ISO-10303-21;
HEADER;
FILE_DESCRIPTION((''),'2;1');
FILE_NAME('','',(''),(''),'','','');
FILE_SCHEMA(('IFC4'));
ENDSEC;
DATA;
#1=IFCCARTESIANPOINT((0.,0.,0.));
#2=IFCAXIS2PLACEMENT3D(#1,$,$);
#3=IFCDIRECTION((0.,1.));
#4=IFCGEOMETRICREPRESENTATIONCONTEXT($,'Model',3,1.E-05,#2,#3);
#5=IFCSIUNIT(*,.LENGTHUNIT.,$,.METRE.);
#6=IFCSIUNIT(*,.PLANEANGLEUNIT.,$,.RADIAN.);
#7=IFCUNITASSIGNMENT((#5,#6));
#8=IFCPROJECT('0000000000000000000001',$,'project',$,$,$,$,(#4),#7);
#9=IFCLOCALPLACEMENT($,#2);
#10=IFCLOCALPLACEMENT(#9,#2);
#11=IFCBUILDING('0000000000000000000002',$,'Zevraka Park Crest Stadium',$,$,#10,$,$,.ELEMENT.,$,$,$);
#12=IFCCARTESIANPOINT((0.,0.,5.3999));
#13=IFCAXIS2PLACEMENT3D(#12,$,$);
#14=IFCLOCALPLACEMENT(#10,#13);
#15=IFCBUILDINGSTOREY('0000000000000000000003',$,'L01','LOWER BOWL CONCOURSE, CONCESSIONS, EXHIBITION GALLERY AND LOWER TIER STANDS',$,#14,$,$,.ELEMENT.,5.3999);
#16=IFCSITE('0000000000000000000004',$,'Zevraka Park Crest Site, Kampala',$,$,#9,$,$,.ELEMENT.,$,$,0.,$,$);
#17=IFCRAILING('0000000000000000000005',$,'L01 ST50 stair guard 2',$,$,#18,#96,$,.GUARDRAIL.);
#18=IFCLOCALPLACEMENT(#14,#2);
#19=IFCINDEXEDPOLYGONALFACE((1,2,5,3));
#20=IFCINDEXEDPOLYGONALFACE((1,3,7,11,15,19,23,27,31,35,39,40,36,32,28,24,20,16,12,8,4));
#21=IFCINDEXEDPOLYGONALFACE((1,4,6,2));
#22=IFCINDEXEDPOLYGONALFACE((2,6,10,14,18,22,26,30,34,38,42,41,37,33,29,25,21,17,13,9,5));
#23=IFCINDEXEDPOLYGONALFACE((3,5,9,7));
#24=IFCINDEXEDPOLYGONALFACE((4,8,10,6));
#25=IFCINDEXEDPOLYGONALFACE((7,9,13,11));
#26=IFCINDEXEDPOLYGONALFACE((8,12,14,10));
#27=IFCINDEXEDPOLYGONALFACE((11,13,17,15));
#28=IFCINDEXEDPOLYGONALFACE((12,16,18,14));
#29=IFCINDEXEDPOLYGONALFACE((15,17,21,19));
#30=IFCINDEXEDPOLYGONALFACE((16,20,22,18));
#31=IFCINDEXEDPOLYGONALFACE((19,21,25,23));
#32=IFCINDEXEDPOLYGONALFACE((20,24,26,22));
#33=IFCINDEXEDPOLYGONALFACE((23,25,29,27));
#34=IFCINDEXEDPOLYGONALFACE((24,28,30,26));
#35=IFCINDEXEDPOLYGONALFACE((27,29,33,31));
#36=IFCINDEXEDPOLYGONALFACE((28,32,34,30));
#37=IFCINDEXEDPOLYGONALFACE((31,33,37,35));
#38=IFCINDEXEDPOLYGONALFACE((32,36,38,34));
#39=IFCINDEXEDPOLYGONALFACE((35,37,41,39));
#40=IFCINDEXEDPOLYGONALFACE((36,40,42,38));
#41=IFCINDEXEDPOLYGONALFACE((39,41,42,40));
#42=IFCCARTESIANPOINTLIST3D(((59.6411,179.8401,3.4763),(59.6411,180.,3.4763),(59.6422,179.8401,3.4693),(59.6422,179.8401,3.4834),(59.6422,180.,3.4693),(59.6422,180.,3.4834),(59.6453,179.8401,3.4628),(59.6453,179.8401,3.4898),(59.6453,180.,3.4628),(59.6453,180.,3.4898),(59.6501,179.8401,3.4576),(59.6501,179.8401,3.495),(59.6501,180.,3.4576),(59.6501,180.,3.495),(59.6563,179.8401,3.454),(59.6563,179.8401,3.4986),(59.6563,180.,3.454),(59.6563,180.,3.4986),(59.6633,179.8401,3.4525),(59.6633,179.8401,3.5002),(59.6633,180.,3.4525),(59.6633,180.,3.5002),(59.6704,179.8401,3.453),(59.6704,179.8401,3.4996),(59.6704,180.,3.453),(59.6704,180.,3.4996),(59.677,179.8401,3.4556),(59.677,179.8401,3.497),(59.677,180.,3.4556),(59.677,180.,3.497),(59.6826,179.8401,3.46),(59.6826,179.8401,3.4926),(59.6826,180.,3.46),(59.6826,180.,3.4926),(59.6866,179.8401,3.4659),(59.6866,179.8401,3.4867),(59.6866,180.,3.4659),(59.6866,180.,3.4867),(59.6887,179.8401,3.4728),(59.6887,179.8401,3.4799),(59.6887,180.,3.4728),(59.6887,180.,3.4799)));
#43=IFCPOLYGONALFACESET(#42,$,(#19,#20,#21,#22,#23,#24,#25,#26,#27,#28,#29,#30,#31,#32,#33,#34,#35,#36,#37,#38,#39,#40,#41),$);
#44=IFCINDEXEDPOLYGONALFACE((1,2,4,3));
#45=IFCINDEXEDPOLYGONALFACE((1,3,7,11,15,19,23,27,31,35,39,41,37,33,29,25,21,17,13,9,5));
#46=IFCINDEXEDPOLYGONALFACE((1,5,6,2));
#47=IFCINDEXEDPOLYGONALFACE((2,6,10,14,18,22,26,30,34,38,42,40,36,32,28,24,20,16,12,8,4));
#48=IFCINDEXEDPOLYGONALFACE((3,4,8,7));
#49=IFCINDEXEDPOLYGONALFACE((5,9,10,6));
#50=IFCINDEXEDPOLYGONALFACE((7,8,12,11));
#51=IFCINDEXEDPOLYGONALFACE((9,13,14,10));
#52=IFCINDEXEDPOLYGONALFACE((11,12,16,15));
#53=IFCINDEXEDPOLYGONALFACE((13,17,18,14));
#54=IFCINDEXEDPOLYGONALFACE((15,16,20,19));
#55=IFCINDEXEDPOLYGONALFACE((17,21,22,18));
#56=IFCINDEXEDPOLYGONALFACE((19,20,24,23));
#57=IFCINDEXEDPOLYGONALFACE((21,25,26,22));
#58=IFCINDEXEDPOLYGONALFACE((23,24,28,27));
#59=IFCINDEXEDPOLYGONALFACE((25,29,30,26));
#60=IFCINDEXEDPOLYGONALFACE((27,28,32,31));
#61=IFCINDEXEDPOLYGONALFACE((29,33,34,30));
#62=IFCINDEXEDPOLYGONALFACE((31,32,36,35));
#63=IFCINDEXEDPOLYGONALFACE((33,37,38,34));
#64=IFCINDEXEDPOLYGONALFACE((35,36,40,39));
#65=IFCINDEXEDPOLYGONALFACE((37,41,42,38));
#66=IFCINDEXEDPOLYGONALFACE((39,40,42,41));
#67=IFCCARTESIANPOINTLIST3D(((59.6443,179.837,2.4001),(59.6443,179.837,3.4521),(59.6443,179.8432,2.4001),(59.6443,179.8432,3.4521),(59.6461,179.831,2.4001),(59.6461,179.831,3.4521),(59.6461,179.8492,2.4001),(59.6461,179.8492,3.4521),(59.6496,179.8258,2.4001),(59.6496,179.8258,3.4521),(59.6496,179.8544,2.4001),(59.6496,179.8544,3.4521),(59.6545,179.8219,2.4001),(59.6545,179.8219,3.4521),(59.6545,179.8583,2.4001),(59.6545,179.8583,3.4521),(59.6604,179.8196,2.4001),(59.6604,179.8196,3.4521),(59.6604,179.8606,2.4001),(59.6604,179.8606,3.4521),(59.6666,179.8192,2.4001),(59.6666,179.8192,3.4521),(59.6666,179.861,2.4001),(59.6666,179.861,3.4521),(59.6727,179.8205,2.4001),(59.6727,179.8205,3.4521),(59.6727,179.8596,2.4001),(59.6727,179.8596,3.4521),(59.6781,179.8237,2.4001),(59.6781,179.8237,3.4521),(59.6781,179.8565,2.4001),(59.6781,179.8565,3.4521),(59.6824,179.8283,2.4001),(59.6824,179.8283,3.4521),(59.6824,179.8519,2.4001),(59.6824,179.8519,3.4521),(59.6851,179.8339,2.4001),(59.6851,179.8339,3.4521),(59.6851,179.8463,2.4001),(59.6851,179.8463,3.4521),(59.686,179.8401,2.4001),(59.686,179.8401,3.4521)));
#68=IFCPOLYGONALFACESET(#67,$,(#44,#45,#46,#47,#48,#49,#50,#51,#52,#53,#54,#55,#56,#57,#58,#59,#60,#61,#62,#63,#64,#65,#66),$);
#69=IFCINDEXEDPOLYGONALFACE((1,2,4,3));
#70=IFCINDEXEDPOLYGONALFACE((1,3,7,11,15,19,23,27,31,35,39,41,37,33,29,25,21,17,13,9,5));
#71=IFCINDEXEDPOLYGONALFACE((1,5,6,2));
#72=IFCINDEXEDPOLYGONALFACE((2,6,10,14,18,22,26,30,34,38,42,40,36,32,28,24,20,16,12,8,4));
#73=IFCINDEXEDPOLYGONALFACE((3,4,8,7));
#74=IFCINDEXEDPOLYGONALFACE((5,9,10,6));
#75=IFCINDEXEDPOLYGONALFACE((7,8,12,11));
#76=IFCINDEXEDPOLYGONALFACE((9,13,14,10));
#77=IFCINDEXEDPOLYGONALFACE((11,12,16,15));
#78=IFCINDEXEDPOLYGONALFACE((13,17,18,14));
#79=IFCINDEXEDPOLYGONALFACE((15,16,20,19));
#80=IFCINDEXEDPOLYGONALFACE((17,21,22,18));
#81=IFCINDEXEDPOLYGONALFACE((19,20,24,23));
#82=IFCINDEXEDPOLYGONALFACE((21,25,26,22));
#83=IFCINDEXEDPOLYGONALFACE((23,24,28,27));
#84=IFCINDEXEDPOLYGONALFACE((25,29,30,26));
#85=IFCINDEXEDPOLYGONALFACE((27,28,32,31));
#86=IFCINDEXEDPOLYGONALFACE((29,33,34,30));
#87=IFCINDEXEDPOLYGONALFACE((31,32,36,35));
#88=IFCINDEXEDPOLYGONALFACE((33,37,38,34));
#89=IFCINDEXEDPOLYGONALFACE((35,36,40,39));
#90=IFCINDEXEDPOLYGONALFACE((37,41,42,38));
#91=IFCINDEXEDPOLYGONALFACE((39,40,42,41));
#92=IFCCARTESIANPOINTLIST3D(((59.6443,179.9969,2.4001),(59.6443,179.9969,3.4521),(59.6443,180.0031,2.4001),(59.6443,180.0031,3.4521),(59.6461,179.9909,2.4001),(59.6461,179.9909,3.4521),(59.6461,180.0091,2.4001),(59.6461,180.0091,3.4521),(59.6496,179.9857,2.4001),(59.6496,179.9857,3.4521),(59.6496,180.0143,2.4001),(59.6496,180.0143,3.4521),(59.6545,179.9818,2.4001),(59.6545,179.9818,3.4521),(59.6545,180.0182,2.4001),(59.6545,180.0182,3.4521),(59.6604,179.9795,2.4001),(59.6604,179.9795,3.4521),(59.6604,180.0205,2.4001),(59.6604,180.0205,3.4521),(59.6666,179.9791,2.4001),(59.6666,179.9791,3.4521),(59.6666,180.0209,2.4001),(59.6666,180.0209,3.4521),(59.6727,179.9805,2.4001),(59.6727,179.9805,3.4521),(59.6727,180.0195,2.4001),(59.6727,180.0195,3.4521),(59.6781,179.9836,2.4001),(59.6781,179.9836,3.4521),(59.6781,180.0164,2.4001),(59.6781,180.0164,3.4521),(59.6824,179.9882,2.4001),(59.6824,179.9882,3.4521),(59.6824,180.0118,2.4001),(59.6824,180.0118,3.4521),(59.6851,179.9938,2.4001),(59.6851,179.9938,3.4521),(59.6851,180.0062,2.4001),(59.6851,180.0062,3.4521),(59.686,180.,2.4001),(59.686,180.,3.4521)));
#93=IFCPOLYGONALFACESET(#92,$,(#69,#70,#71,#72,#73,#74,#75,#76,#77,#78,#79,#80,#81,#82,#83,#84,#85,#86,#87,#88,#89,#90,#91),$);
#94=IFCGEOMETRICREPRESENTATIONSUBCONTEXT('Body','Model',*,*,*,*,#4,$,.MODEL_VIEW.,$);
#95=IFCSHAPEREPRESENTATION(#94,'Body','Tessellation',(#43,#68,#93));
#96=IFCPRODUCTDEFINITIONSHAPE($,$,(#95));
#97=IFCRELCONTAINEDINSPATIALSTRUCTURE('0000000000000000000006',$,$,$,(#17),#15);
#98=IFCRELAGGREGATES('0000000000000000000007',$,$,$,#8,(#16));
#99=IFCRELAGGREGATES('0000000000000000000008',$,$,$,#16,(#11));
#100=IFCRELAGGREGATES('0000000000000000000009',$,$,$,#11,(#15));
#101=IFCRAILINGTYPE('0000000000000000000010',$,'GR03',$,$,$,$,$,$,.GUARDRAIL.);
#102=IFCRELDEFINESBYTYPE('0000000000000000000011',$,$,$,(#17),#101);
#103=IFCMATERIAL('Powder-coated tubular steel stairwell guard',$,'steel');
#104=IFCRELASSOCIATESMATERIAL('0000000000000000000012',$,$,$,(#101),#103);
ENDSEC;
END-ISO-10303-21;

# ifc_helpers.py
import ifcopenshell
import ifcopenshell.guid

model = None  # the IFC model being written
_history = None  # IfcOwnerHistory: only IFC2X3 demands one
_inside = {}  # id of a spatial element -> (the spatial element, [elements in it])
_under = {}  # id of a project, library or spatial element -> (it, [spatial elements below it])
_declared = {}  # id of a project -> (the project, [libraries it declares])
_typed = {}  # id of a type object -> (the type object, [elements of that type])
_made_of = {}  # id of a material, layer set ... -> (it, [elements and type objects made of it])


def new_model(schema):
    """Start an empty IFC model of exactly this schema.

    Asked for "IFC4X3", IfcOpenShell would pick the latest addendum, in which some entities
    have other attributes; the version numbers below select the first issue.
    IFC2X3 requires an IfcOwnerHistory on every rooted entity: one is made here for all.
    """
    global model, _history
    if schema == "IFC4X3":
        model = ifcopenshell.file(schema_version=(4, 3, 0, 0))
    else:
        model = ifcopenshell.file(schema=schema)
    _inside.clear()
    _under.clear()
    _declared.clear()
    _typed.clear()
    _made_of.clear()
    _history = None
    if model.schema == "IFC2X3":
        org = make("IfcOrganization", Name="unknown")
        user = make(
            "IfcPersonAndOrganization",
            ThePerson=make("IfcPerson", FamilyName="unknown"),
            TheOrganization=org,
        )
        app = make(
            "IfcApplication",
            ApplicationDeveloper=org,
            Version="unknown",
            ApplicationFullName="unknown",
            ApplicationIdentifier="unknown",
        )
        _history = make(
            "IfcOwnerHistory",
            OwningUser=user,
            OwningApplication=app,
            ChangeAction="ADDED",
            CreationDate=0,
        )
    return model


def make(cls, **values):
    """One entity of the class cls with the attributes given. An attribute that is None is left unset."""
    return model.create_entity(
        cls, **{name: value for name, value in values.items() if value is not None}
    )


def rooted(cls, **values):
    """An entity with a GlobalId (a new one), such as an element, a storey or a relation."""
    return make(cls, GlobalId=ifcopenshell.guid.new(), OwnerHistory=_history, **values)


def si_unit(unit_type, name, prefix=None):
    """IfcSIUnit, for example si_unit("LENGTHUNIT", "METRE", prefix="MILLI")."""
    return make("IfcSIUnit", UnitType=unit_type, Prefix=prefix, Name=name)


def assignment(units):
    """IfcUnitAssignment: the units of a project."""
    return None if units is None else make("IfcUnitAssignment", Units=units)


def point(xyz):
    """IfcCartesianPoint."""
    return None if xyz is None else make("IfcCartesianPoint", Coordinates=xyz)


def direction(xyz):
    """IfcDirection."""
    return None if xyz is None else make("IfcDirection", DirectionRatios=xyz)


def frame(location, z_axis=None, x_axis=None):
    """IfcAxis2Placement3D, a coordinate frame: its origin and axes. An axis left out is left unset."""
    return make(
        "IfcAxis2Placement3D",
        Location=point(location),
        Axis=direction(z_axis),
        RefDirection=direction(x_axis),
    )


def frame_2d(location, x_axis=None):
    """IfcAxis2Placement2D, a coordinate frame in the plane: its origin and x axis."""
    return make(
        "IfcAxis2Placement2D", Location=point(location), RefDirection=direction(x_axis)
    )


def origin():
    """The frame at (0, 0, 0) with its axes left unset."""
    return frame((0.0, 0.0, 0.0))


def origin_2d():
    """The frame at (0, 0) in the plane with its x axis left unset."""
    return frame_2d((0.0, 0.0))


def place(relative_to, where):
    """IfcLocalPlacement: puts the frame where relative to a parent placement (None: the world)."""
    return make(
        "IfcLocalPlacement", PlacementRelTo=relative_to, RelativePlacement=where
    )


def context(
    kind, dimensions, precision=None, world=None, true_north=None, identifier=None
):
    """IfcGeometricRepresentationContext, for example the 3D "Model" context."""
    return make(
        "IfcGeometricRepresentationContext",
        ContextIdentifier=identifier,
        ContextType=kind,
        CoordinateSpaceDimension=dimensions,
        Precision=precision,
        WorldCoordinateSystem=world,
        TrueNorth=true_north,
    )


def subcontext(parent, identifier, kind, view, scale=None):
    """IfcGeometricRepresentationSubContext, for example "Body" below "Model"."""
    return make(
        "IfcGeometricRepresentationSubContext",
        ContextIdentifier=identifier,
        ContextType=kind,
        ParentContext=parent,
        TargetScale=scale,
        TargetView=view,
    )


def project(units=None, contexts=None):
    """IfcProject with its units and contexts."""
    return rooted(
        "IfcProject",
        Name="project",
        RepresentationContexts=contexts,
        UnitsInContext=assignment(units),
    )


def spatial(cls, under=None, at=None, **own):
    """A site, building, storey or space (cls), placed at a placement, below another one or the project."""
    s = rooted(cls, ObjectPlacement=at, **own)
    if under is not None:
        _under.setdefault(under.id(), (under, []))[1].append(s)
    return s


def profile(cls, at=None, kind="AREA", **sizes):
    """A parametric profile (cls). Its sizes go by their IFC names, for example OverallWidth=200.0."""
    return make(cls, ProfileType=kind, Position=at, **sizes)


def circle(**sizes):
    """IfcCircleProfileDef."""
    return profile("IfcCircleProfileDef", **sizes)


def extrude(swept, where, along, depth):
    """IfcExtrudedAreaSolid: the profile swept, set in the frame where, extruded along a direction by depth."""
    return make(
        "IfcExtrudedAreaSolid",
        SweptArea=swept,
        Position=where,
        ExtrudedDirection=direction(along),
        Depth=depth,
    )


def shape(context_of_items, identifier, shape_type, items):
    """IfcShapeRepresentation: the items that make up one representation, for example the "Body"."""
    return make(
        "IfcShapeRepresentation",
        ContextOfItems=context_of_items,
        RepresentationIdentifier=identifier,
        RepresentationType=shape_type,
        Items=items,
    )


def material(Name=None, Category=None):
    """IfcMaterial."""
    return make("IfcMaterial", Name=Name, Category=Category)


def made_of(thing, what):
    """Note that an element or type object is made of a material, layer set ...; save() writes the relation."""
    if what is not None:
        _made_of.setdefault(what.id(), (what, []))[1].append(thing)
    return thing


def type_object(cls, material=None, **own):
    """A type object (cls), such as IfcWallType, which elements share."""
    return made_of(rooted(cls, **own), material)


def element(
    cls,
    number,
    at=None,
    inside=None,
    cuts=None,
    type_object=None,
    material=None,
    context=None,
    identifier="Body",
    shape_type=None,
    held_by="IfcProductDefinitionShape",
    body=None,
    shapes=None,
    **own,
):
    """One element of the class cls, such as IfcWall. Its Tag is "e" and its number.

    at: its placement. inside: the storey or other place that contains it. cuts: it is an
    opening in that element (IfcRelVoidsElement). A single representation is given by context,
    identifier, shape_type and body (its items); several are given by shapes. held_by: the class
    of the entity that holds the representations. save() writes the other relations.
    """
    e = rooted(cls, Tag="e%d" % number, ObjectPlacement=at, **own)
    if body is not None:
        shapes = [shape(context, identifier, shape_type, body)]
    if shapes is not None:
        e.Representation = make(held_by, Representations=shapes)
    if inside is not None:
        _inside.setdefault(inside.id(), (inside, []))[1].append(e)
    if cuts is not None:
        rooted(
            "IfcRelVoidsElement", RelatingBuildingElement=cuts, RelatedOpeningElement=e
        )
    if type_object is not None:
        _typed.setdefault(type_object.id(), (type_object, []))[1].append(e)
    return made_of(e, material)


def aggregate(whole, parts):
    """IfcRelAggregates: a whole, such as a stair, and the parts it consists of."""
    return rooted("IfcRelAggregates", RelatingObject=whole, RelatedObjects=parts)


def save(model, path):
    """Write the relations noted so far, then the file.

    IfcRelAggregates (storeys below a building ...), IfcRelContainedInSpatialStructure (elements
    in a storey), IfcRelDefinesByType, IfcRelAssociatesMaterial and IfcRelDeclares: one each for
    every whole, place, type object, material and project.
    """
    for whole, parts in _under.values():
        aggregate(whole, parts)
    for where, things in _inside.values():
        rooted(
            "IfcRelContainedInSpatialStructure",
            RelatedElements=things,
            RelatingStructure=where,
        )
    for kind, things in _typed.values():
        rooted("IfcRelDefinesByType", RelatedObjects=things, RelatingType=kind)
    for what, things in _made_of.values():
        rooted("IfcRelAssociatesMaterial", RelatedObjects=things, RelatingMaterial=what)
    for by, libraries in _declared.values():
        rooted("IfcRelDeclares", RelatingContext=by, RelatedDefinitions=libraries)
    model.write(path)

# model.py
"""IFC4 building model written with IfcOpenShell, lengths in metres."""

from ifc_helpers import new_model, si_unit, direction, frame, origin, origin_2d, place, context, subcontext, project, spatial, circle, extrude, material, type_object, element, save


model = new_model("IFC4")

# Units and contexts
model_context = context("Model", 3, precision=1e-05, world=origin(), true_north=direction((0.0, 1.0)))
body_context = subcontext(model_context, "Body", "Model", "MODEL_VIEW")
ifc_project = project(units=[si_unit("LENGTHUNIT", "METRE"), si_unit("PLANEANGLEUNIT", "RADIAN")], contexts=[model_context])

# Site, building, storey
site_placement = place(None, origin())
site = spatial("IfcSite", under=ifc_project, at=site_placement, Name="Zevraka Park Crest Site, Kampala", CompositionType="ELEMENT", RefElevation=0.0)
building_placement = place(site_placement, origin())
building = spatial("IfcBuilding", under=site, at=building_placement, Name="Zevraka Park Crest Stadium", CompositionType="ELEMENT")
storey_placement = place(building_placement, frame((0.0, 0.0, 5.3999)))
storey = spatial("IfcBuildingStorey", under=building, at=storey_placement, Name="L01", Description="LOWER BOWL CONCOURSE, CONCESSIONS, EXHIBITION GALLERY AND LOWER TIER STANDS", CompositionType="ELEMENT", Elevation=5.3999)

# Railing
ifc_material_1 = material(Name="Powder-coated tubular steel stairwell guard", Category="steel")
railing_type_1 = type_object("IfcRailingType", Name="GR03", PredefinedType="GUARDRAIL", material=ifc_material_1)
railing_1_placement = place(storey_placement, frame((59.665, 179.8401, 2.4001)))
element("IfcRailing", 1, at=railing_1_placement, inside=storey, type_object=railing_type_1, Name="L01 ST50 stair guard 2", PredefinedType="GUARDRAIL", context=body_context, shape_type="SweptSolid", body=[
    extrude(circle(Radius=0.0239, at=origin_2d()), frame((0.0, 0.0, 1.0762), z_axis=(0.0, 1.0, 0.0), x_axis=(-1.0, 0.0, 0.0)), (0.0, 0.0, 1.0), 0.1599),
    extrude(circle(Radius=0.021, at=origin_2d()), origin(), (0.0, 0.0, 1.0), 1.052),
    extrude(circle(Radius=0.021, at=origin_2d()), frame((0.0, 0.1599, 0.0)), (0.0, 0.0, 1.0), 1.052),
])

save(model, "model.ifc")
